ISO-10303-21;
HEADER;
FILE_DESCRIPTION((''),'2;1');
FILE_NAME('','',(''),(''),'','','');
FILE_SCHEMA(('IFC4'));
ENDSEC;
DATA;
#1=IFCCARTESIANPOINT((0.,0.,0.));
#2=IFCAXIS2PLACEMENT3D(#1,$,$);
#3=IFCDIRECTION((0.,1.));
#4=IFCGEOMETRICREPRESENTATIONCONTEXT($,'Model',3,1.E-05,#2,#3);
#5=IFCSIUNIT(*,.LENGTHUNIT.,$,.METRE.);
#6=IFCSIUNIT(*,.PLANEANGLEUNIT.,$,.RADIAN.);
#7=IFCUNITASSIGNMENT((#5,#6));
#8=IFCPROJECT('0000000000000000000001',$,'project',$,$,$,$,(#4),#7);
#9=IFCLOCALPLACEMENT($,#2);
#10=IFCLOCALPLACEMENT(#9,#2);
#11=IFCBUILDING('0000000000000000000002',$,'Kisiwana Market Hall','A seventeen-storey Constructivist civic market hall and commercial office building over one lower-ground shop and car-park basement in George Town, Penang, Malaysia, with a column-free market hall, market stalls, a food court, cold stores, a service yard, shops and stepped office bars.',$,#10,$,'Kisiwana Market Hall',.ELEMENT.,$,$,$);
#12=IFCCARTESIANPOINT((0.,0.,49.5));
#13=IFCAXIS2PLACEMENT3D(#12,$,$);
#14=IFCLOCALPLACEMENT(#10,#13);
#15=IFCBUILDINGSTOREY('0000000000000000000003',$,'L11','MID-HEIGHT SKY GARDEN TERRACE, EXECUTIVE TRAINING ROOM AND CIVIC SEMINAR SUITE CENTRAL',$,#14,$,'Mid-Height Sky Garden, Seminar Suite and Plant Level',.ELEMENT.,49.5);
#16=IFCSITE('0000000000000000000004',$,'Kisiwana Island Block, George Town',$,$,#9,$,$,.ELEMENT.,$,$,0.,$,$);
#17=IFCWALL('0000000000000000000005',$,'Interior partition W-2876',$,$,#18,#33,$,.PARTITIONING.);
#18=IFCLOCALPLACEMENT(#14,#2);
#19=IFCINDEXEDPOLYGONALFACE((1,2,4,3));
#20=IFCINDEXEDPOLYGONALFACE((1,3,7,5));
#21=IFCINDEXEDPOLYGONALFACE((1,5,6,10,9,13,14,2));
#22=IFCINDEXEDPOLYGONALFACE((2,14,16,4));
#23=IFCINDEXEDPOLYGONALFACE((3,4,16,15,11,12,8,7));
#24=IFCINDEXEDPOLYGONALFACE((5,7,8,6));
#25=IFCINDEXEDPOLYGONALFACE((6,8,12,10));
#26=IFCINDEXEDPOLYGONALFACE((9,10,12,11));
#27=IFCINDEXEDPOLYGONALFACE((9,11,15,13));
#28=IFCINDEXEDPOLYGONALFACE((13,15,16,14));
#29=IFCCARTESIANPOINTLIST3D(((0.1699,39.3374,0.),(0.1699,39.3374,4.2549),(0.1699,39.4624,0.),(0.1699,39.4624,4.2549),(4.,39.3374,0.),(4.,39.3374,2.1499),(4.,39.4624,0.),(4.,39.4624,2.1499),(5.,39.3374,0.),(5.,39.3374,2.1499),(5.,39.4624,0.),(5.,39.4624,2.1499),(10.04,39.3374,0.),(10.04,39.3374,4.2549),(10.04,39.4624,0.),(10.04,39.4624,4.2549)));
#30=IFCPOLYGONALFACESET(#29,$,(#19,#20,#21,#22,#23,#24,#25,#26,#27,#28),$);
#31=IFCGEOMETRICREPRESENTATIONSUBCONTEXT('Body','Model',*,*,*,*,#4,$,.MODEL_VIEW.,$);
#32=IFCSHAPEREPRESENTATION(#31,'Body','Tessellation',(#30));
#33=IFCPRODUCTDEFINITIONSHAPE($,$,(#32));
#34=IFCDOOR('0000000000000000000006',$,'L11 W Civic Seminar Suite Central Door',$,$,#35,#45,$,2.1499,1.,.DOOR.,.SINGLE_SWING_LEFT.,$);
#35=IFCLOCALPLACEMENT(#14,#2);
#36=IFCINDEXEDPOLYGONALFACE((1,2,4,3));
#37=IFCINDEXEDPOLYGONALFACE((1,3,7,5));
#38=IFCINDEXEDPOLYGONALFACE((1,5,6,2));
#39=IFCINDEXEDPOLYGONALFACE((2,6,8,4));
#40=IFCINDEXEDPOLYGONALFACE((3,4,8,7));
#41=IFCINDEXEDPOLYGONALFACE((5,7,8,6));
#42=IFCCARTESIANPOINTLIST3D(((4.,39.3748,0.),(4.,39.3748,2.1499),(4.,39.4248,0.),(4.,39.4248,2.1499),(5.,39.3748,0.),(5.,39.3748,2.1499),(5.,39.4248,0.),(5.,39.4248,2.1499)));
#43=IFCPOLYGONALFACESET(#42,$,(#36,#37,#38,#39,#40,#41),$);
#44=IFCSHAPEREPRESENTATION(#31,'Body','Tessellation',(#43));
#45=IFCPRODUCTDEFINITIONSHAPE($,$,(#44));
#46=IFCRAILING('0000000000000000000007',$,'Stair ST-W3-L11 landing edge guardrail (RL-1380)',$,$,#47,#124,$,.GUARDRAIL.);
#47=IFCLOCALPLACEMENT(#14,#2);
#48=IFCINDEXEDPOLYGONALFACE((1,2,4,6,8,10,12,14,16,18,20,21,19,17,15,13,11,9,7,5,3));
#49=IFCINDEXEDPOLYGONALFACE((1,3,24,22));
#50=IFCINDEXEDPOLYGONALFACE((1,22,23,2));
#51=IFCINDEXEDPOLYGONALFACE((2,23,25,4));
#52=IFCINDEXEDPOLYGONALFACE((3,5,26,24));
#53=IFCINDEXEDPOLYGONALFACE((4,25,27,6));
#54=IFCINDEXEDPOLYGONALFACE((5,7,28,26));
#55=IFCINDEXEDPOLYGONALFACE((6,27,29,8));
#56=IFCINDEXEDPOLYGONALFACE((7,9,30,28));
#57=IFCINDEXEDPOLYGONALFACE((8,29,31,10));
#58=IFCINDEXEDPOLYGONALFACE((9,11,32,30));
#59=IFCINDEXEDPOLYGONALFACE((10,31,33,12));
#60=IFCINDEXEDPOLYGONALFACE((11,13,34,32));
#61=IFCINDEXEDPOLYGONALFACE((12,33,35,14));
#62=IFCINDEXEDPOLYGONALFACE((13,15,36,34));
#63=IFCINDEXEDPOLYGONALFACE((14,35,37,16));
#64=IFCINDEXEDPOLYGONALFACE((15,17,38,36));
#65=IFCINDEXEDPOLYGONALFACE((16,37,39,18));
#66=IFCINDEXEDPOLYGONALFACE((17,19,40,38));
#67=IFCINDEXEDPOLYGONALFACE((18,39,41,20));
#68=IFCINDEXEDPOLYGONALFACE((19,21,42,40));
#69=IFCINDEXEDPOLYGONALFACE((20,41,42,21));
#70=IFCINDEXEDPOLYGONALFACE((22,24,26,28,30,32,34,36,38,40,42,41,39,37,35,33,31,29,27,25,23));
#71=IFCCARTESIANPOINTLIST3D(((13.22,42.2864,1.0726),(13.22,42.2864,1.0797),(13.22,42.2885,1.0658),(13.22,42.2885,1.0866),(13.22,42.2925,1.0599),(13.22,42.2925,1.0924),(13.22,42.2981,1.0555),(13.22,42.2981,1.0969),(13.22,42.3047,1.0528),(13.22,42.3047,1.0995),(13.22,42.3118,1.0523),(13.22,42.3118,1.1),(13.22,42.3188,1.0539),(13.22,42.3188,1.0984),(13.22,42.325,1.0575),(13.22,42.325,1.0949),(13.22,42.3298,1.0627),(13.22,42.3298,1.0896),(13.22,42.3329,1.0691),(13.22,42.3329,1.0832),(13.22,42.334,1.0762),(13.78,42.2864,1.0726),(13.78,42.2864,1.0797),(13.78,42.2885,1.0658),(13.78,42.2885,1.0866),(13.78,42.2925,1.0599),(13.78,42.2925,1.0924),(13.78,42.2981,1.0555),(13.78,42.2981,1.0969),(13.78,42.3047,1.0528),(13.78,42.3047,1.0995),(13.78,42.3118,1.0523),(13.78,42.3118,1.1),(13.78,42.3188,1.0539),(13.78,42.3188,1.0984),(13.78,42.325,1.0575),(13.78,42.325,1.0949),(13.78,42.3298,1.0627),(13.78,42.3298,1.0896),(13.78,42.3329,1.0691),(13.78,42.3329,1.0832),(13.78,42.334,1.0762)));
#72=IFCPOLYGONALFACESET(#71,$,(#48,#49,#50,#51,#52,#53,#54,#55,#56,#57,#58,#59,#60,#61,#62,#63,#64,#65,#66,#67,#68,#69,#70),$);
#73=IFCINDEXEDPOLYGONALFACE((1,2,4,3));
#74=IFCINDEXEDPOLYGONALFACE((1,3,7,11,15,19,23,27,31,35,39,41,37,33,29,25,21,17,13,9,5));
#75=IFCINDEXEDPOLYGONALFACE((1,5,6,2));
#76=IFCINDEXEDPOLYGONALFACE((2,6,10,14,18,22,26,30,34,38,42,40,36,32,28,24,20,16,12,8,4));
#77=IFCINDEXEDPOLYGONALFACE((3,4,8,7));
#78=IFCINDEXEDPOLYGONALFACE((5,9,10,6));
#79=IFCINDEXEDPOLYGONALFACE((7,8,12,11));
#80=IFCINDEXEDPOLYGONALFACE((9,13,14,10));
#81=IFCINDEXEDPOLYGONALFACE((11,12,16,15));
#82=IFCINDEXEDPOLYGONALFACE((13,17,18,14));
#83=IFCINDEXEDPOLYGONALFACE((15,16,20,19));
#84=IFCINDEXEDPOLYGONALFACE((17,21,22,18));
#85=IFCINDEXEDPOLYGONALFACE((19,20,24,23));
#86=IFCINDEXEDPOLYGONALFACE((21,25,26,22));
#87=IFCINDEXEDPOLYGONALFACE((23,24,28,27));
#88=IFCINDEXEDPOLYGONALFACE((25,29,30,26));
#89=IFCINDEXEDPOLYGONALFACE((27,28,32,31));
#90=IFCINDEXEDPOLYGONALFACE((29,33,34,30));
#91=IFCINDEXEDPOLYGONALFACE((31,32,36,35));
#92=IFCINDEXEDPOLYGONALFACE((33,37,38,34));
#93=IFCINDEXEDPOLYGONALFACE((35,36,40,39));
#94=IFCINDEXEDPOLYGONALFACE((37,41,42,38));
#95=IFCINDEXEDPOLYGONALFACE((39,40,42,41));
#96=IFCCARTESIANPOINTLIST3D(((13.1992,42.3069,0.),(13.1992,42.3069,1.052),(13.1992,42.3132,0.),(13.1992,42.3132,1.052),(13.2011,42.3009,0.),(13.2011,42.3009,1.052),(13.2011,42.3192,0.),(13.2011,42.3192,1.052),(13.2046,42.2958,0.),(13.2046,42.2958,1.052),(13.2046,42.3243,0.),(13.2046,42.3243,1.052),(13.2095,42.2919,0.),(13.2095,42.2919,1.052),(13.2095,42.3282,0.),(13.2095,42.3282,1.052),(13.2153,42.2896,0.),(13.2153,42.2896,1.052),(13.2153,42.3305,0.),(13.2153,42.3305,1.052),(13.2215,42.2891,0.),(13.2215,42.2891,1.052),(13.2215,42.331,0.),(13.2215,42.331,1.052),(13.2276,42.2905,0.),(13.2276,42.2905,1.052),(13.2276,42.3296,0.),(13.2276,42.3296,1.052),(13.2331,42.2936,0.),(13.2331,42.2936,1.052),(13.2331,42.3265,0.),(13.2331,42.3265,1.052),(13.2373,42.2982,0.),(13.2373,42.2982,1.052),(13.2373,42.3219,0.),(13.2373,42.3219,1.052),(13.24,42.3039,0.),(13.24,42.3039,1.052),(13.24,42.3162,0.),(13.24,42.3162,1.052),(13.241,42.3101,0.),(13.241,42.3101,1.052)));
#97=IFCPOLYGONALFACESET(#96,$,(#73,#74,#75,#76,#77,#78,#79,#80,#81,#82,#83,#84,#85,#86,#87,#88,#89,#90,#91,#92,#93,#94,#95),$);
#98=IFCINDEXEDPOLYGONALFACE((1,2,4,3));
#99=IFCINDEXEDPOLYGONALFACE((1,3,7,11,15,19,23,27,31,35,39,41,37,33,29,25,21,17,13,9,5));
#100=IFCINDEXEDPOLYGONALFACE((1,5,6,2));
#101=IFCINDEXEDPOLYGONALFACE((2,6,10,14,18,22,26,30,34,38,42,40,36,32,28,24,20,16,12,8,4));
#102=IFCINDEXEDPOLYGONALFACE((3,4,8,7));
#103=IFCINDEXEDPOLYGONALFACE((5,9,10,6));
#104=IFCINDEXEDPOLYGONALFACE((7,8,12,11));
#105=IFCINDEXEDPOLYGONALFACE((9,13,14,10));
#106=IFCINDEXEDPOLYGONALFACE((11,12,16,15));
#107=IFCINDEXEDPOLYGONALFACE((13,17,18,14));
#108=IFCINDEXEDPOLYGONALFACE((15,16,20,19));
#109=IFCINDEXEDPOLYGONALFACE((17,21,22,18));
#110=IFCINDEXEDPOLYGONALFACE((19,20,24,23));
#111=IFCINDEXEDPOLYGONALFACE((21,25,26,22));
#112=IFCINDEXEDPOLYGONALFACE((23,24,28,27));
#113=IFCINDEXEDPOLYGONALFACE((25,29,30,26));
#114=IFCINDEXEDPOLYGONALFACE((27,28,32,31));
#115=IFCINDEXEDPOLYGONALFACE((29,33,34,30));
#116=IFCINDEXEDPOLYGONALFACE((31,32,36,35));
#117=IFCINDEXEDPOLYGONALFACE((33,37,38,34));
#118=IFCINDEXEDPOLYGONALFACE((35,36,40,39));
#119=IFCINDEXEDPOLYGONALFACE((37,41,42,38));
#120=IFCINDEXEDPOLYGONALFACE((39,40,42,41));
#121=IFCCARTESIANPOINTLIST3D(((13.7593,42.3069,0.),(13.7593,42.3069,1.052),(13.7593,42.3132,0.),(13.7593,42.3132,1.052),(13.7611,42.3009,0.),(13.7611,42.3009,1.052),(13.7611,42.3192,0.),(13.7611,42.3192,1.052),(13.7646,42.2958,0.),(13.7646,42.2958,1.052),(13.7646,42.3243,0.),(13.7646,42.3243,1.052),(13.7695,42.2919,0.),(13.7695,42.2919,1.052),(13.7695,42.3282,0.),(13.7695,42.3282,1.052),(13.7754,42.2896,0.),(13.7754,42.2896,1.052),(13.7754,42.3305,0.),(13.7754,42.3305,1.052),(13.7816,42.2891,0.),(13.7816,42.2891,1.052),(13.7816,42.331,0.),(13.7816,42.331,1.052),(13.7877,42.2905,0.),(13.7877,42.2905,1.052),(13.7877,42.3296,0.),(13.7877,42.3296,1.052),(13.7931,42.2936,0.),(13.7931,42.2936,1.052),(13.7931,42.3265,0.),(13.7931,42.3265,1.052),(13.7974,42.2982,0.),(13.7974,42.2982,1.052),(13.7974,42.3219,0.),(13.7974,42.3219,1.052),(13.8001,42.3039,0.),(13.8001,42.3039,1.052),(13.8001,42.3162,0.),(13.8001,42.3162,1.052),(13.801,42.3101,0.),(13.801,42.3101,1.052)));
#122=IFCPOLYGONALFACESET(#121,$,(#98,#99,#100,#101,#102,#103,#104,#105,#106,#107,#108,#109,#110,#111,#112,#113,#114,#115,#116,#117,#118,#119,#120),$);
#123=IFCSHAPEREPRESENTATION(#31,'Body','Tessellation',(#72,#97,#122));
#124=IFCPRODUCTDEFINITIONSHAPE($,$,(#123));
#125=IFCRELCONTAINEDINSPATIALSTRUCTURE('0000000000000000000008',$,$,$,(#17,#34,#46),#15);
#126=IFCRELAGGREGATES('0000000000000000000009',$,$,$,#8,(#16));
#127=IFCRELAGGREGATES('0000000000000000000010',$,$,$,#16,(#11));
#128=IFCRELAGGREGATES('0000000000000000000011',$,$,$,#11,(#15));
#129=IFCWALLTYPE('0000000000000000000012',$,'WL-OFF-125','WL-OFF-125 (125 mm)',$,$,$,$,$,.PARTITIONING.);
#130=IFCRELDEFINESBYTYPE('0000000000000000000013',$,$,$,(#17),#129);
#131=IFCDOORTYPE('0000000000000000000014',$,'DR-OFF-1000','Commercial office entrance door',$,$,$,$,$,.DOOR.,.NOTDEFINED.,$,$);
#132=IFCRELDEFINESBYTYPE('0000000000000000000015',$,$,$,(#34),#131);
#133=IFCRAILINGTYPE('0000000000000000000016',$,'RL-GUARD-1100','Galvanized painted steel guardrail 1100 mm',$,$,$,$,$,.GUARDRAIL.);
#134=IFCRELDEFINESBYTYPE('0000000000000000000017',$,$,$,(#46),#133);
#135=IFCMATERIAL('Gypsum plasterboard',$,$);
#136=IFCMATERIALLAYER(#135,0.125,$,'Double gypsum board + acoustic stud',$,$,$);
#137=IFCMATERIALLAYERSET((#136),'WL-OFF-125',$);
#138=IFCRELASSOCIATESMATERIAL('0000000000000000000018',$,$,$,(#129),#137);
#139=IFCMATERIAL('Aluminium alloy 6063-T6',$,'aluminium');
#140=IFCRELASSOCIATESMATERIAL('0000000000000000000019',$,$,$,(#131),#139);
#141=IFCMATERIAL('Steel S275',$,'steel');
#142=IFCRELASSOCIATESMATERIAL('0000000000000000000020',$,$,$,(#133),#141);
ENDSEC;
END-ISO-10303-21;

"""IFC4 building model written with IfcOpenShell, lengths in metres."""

from ifc_helpers import new_model, si_unit, direction, frame, frame_2d, origin, origin_2d, place, context, subcontext, project, spatial, rectangle, circle, extrude, material, layer, layer_set, type_object, element, fill, save


model = new_model("IFC4")

# Units and contexts
model_context = context("Model", 3, precision=1e-05, world=origin(), true_north=direction((0.0, 1.0)))
body_context = subcontext(model_context, "Body", "Model", "MODEL_VIEW")
ifc_project = project(units=[si_unit("LENGTHUNIT", "METRE"), si_unit("PLANEANGLEUNIT", "RADIAN")], contexts=[model_context])

# Site, building, storey
site_placement = place(None, origin())
site = spatial("IfcSite", under=ifc_project, at=site_placement, Name="Kisiwana Island Block, George Town", CompositionType="ELEMENT", RefElevation=0.0)
building_placement = place(site_placement, origin())
building = spatial("IfcBuilding", under=site, at=building_placement, Name="Kisiwana Market Hall", Description="A seventeen-storey Constructivist civic market hall and commercial office building over one lower-ground shop and car-park basement in George Town, Penang, Malaysia, with a column-free market hall, market stalls, a food court, cold stores, a service yard, shops and stepped office bars.", LongName="Kisiwana Market Hall", CompositionType="ELEMENT")
storey_placement = place(building_placement, frame((0.0, 0.0, 49.5)))
storey = spatial("IfcBuildingStorey", under=building, at=storey_placement, Name="L11", Description="MID-HEIGHT SKY GARDEN TERRACE, EXECUTIVE TRAINING ROOM AND CIVIC SEMINAR SUITE CENTRAL", LongName="Mid-Height Sky Garden, Seminar Suite and Plant Level", CompositionType="ELEMENT", Elevation=49.5)

# Shared definitions
ifc_material_1 = material(Name="Gypsum plasterboard")
ifc_layer_1 = layer(ifc_material_1, 0.125, Name="Double gypsum board + acoustic stud")
ifc_layer_set_1 = layer_set([ifc_layer_1], Name="WL-OFF-125")
wall_type_1 = type_object("IfcWallType", Name="WL-OFF-125", Description="WL-OFF-125 (125 mm)", PredefinedType="PARTITIONING", material=ifc_layer_set_1)

# Shared definitions
ifc_material_2 = material(Name="Aluminium alloy 6063-T6", Category="aluminium")
door_type_1 = type_object("IfcDoorType", Name="DR-OFF-1000", Description="Commercial office entrance door", OperationType="NOTDEFINED", PredefinedType="DOOR", material=ifc_material_2)

# Wall, opening, door
wall_1_placement = place(storey_placement, frame((0.1699, 39.3999, 0.0), z_axis=(0.0, 0.0, 1.0), x_axis=(1.0, 0.0, 0.0)))
wall_1 = element("IfcWall", 1, at=wall_1_placement, inside=storey, type_object=wall_type_1, Name="Interior partition W-2876", PredefinedType="PARTITIONING", context=body_context, shape_type="SweptSolid", body=[
    extrude(rectangle(XDim=9.8701, YDim=0.125, at=frame_2d((4.9351, 0.0))), origin(), (0.0, 0.0, 1.0), 4.2549),
])
opening_1_placement = place(wall_1_placement, frame((3.8301, 0.0, 0.0)))
opening_1 = element("IfcOpeningElement", 2, at=opening_1_placement, cuts=wall_1, PredefinedType="OPENING", context=body_context, shape_type="SweptSolid", body=[
    extrude(rectangle(XDim=1.0, YDim=2.1499, at=frame_2d((0.5, 1.075))), frame((0.0, 0.0745, 0.0), z_axis=(0.0, -1.0, 0.0), x_axis=(1.0, 0.0, 0.0)), (0.0, 0.0, 1.0), 0.1489),
])
door_1_placement = place(opening_1_placement, origin())
door_1 = element("IfcDoor", 3, at=door_1_placement, inside=storey, type_object=door_type_1, Name="L11 W Civic Seminar Suite Central Door", OperationType="SINGLE_SWING_LEFT", OverallHeight=2.1499, OverallWidth=1.0, PredefinedType="DOOR", context=body_context, shape_type="SweptSolid", body=[
    extrude(rectangle(XDim=1.0, YDim=2.1499, at=frame_2d((0.5, 1.075))), frame((0.0, 0.0249, 0.0), z_axis=(0.0, -1.0, 0.0), x_axis=(1.0, 0.0, 0.0)), (0.0, 0.0, 1.0), 0.05),
])
fill(opening_1, door_1)

# Railing
ifc_material_3 = material(Name="Steel S275", Category="steel")
railing_type_1 = type_object("IfcRailingType", Name="RL-GUARD-1100", Description="Galvanized painted steel guardrail 1100 mm", PredefinedType="GUARDRAIL", material=ifc_material_3)
railing_1_placement = place(storey_placement, frame((13.22, 42.3101, 0.0)))
element("IfcRailing", 4, at=railing_1_placement, inside=storey, type_object=railing_type_1, Name="Stair ST-W3-L11 landing edge guardrail (RL-1380)", PredefinedType="GUARDRAIL", context=body_context, shape_type="SweptSolid", body=[
    extrude(circle(Radius=0.0239, at=origin_2d()), frame((0.0, 0.0, 1.0762), z_axis=(1.0, 0.0, 0.0), x_axis=(0.0, 1.0, 0.0)), (0.0, 0.0, 1.0), 0.5601),
    extrude(circle(Radius=0.021, at=origin_2d()), origin(), (0.0, 0.0, 1.0), 1.052),
    extrude(circle(Radius=0.021, at=origin_2d()), frame((0.5601, 0.0, 0.0)), (0.0, 0.0, 1.0), 1.052),
])

save(model, "model.ifc")
